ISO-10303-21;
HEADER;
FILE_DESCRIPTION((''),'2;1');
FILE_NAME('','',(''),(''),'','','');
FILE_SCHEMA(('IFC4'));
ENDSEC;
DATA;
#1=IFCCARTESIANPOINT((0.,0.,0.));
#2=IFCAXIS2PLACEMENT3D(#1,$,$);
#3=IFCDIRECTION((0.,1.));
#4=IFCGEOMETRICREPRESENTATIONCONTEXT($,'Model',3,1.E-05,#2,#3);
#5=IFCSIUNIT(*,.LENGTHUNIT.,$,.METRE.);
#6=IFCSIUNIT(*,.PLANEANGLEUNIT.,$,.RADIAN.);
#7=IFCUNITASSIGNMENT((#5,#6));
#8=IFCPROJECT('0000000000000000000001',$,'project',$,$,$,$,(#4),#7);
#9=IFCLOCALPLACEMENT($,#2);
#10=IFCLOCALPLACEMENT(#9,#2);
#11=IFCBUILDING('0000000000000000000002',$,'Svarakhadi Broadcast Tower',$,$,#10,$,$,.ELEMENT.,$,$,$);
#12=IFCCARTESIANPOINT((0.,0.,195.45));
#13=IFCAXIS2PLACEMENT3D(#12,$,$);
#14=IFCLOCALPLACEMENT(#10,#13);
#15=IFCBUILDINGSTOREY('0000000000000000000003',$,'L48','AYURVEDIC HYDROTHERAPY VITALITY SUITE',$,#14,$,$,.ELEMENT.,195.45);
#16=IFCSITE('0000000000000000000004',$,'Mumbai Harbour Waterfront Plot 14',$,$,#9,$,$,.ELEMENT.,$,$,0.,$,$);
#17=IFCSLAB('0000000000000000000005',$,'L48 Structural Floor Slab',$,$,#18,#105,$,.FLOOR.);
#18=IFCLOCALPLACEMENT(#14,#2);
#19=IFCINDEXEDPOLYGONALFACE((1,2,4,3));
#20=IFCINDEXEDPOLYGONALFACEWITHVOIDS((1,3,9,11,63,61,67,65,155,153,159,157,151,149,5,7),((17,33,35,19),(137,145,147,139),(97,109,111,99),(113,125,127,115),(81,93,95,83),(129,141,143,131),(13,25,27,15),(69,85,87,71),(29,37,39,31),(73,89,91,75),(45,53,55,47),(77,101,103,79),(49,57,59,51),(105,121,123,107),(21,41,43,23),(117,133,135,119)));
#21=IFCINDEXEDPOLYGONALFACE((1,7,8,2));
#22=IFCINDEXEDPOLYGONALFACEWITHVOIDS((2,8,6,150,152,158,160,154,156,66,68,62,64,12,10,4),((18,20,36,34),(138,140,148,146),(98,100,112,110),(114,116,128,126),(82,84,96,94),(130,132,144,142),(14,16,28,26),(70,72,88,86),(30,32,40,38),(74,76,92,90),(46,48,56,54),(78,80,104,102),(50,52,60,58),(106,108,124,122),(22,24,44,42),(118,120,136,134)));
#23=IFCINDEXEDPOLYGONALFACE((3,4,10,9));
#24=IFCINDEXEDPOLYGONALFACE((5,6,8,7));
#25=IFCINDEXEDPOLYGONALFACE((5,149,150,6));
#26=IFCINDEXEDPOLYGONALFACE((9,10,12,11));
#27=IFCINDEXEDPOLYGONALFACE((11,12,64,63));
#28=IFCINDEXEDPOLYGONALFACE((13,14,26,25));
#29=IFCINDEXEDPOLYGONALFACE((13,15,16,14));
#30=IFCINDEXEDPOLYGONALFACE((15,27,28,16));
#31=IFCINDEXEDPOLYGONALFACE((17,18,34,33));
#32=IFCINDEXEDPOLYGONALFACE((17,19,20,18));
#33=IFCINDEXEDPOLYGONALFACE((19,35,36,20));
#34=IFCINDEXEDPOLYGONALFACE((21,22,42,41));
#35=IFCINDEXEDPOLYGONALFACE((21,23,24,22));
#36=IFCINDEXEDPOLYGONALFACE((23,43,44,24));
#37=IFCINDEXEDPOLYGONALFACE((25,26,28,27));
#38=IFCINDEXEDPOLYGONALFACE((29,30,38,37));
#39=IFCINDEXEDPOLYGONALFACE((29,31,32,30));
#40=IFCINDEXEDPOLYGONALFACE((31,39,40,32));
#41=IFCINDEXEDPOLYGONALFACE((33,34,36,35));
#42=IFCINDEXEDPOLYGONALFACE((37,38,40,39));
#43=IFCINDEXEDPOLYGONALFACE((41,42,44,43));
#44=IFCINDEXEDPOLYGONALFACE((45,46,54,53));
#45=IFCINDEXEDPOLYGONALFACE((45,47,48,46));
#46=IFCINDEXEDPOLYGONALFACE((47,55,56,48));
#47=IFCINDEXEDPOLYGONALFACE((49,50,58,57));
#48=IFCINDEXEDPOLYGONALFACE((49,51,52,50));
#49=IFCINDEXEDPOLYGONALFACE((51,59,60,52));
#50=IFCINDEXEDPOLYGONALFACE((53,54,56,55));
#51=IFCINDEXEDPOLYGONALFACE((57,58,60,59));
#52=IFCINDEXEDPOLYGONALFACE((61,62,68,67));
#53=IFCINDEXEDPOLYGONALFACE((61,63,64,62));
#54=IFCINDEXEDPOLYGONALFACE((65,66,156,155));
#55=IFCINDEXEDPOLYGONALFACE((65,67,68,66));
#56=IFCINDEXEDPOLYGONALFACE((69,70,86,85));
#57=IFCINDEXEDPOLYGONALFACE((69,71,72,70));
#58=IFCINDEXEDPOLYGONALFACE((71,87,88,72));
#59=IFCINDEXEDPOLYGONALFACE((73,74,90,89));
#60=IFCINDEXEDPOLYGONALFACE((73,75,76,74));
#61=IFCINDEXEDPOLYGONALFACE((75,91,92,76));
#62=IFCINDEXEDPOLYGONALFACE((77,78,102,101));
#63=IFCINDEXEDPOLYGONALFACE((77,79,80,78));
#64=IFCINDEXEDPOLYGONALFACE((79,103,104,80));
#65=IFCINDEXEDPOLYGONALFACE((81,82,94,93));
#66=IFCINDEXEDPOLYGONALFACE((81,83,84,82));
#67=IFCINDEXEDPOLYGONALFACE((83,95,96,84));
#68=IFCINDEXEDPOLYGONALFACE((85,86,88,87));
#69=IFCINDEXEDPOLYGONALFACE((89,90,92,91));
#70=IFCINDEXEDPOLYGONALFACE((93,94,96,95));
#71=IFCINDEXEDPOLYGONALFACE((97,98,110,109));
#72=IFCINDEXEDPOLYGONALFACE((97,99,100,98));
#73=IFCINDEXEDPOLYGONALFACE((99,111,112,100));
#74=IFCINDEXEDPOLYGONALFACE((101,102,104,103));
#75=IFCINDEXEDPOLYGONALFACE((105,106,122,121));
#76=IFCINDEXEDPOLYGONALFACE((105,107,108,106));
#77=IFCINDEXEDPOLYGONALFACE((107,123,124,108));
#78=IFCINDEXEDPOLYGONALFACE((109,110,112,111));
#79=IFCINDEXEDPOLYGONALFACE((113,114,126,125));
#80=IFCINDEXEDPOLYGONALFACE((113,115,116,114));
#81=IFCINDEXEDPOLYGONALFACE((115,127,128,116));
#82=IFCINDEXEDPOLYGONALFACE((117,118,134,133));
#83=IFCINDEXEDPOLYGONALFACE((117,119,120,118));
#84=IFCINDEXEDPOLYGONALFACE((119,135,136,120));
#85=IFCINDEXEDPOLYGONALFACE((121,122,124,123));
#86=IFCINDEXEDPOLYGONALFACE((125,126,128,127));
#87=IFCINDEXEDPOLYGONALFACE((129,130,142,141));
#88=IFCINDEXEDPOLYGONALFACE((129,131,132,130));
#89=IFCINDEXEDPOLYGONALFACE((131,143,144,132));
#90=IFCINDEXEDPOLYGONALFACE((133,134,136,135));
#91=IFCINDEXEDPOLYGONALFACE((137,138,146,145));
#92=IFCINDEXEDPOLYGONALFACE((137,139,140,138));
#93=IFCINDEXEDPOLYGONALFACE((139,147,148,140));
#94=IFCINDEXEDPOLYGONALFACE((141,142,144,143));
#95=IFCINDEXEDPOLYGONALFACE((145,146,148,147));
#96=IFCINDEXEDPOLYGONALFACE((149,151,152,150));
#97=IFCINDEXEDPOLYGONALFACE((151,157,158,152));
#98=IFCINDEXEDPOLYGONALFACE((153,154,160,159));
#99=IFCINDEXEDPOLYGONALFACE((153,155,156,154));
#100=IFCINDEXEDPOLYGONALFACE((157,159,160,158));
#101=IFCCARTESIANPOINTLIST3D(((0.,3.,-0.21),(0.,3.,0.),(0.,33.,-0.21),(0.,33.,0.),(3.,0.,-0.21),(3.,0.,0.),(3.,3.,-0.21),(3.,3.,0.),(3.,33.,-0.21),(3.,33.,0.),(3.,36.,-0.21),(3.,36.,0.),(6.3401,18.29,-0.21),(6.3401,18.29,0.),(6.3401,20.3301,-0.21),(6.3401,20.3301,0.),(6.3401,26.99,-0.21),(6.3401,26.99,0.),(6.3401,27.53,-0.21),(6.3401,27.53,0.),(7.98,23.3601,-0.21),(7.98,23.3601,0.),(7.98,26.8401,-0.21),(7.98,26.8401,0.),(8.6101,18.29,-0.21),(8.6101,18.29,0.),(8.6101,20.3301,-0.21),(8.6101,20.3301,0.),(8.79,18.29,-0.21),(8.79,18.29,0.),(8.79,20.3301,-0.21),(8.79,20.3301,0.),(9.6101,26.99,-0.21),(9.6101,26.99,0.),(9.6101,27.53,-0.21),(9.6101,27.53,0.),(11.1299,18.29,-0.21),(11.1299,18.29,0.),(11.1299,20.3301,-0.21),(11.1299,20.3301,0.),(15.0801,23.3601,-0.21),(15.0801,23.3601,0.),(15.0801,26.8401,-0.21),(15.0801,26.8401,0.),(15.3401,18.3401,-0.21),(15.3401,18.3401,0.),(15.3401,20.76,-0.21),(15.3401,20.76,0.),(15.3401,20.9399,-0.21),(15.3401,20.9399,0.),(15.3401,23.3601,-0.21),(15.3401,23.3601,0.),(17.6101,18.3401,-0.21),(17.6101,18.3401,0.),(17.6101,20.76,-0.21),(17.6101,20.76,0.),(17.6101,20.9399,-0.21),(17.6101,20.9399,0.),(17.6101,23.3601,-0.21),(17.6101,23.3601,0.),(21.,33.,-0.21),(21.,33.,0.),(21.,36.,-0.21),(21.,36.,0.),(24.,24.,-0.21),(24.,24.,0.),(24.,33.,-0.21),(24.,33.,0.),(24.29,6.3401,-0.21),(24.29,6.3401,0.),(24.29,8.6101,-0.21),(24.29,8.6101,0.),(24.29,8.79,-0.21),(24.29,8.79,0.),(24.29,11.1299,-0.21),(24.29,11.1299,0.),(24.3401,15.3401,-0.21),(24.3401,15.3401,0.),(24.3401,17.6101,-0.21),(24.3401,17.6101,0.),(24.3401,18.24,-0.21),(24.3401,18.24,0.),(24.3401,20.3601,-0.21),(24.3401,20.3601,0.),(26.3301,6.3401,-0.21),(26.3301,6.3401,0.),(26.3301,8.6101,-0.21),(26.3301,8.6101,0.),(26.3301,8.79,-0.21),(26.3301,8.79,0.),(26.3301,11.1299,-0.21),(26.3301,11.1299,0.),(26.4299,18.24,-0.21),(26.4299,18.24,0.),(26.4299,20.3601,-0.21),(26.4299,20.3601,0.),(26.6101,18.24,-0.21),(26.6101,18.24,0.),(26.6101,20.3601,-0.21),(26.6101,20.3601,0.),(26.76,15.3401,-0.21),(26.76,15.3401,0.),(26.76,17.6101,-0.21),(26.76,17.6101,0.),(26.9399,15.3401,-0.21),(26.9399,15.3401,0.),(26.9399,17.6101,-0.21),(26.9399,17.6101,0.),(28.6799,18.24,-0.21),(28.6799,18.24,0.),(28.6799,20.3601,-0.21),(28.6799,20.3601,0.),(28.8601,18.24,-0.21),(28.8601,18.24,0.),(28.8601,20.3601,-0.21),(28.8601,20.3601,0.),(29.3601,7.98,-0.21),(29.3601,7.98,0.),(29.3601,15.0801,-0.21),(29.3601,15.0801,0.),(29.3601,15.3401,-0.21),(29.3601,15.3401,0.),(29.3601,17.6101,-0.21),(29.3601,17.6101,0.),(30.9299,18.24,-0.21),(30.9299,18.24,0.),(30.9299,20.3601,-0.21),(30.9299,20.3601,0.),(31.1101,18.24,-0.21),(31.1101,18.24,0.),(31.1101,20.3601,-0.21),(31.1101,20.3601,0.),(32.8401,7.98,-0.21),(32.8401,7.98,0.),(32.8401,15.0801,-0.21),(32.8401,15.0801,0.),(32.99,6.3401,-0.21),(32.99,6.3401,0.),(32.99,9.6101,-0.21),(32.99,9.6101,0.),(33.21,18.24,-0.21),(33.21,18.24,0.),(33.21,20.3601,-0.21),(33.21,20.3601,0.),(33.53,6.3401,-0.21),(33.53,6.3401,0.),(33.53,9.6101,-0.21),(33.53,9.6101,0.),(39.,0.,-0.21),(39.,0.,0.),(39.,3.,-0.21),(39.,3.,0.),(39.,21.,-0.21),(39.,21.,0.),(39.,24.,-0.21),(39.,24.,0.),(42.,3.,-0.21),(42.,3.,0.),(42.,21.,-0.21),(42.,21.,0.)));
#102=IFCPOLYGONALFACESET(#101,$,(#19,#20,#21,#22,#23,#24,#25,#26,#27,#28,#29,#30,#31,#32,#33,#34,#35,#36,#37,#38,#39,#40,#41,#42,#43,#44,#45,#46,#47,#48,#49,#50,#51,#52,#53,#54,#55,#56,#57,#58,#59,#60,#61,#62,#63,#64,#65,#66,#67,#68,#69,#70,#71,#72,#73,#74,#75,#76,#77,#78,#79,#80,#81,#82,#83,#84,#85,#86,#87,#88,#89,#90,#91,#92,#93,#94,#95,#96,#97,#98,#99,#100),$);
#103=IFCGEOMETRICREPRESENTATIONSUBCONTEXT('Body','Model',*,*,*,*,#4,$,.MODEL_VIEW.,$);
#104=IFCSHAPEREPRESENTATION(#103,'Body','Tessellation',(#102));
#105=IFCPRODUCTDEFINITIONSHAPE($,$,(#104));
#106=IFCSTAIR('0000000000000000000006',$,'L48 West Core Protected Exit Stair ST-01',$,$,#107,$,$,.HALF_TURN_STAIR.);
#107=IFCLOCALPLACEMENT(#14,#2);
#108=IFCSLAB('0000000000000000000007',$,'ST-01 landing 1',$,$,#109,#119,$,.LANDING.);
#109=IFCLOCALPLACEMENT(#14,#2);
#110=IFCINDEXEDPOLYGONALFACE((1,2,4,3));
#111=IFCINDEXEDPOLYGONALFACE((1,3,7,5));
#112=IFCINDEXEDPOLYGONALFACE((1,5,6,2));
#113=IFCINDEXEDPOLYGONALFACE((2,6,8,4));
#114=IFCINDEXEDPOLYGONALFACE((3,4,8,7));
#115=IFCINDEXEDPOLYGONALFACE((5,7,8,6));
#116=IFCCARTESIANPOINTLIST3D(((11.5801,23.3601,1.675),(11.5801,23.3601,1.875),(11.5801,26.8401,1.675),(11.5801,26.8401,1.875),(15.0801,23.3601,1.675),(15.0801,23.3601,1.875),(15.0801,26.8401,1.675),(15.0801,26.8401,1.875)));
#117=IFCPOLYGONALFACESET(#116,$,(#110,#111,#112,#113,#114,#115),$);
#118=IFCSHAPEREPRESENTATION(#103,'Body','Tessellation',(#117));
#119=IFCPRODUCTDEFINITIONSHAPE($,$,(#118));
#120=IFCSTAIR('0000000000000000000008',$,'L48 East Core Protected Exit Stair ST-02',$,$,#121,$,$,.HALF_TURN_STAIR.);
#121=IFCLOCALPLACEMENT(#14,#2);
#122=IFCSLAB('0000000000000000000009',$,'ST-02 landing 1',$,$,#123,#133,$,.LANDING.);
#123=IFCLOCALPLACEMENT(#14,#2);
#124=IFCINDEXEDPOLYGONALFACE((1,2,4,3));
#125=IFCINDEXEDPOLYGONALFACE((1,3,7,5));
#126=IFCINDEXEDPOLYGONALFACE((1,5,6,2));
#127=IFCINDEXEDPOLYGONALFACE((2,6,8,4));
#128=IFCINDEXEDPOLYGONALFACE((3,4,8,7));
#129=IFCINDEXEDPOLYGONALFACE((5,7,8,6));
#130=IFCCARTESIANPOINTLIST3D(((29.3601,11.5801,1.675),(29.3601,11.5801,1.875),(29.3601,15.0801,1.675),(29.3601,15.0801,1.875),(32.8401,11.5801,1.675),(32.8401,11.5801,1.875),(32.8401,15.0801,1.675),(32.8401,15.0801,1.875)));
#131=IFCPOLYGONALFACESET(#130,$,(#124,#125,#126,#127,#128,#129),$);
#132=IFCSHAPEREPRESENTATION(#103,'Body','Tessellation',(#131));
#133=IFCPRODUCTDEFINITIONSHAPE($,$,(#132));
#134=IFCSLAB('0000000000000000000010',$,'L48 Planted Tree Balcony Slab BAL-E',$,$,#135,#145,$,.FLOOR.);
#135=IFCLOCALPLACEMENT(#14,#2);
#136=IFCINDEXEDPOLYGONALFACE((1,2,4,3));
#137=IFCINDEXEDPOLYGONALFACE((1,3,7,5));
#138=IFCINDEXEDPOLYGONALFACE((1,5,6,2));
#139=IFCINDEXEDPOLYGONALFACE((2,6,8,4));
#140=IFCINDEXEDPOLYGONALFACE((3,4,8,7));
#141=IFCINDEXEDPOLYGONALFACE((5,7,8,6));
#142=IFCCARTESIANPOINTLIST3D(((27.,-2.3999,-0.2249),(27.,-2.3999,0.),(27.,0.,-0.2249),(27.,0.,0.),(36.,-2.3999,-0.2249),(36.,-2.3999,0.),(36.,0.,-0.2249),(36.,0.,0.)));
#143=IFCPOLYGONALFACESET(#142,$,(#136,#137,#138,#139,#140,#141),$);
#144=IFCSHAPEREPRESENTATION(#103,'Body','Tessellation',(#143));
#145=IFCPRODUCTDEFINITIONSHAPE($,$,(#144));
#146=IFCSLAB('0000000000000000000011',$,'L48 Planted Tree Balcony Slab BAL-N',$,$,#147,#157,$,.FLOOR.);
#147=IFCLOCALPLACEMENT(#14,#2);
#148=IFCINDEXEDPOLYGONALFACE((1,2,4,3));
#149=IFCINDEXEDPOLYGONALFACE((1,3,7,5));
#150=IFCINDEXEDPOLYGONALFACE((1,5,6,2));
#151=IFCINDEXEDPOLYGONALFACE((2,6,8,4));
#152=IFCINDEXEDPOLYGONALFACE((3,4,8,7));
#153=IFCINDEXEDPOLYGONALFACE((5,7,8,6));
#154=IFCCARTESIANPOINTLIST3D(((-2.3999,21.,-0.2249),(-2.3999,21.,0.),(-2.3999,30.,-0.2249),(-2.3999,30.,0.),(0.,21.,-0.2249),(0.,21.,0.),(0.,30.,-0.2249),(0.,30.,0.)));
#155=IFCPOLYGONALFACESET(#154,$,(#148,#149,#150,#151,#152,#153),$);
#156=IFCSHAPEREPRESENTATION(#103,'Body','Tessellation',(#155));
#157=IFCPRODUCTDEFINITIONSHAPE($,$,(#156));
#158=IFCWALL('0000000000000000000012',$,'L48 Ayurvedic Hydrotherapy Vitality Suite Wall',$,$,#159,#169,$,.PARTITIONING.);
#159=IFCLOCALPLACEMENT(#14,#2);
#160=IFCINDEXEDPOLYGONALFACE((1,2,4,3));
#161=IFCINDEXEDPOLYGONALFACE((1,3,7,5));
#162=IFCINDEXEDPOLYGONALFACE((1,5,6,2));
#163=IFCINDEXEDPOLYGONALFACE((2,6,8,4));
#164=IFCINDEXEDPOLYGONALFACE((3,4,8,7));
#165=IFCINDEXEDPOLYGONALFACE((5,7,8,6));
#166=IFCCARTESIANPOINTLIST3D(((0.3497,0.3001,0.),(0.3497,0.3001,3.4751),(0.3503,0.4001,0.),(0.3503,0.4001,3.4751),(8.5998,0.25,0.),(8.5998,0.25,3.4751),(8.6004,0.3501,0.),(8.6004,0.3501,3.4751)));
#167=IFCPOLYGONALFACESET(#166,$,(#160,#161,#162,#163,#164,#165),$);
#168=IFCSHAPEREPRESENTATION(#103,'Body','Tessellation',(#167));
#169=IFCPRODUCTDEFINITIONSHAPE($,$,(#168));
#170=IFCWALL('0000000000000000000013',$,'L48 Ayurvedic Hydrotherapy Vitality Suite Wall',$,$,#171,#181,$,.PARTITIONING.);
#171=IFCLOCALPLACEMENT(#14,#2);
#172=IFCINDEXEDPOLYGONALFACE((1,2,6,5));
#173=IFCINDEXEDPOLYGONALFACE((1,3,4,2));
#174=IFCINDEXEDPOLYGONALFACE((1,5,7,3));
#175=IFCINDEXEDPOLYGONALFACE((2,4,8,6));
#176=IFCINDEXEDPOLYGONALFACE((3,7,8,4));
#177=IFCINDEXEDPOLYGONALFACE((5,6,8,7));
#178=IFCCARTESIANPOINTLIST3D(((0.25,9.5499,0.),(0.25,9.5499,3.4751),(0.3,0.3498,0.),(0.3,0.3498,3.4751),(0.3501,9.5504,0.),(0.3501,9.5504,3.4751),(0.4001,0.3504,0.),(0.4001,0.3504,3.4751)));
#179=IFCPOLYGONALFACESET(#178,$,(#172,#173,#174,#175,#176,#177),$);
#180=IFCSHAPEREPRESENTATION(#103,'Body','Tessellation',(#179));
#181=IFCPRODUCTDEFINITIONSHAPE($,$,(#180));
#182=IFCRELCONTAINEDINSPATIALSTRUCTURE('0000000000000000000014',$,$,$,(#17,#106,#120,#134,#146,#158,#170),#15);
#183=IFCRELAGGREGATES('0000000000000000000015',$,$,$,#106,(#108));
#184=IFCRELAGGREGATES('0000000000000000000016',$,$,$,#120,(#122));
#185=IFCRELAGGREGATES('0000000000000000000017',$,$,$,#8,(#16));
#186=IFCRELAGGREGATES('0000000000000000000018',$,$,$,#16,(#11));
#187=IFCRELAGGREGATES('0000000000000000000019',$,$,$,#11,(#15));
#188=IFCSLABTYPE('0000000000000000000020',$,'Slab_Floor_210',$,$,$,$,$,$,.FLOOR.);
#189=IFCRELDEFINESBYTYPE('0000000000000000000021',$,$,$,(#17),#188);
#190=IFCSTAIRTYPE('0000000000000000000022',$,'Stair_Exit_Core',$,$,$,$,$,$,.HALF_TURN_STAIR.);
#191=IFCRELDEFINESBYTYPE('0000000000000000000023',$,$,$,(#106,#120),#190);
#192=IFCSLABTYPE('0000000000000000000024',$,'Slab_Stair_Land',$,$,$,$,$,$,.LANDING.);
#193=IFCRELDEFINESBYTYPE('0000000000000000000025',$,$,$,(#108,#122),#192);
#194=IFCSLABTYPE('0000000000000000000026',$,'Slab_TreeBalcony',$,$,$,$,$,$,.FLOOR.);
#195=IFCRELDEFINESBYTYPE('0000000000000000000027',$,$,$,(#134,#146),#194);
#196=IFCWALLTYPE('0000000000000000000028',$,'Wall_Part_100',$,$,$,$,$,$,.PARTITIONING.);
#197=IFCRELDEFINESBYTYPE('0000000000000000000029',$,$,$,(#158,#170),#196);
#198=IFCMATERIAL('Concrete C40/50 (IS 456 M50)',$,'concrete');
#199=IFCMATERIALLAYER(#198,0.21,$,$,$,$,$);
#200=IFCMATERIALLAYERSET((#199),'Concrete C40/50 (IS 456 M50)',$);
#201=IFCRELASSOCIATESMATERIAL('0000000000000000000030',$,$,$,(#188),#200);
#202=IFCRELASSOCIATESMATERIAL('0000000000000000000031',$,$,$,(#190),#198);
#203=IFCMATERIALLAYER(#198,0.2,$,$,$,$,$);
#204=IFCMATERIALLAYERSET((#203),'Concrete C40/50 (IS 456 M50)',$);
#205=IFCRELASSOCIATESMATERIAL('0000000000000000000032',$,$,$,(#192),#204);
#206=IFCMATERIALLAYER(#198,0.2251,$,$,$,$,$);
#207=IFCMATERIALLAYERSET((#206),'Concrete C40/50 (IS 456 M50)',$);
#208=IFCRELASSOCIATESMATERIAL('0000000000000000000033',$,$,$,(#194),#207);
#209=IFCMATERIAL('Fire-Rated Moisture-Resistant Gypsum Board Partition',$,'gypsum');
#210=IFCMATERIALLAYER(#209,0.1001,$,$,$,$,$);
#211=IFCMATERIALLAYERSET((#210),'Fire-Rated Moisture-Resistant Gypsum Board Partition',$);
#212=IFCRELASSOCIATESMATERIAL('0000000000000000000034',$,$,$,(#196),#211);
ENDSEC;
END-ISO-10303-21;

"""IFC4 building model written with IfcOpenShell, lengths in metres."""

from ifc_helpers import new_model, si_unit, direction, frame, frame_2d, origin, place, context, subcontext, project, spatial, polyline, rectangle, outline, extrude, material, layer, layer_set, type_object, element, aggregate, save


model = new_model("IFC4")

# Units and contexts
model_context = context("Model", 3, precision=1e-05, world=origin(), true_north=direction((0.0, 1.0)))
body_context = subcontext(model_context, "Body", "Model", "MODEL_VIEW")
ifc_project = project(units=[si_unit("LENGTHUNIT", "METRE"), si_unit("PLANEANGLEUNIT", "RADIAN")], contexts=[model_context])

# Site, building, storey
site_placement = place(None, origin())
site = spatial("IfcSite", under=ifc_project, at=site_placement, Name="Mumbai Harbour Waterfront Plot 14", CompositionType="ELEMENT", RefElevation=0.0)
building_placement = place(site_placement, origin())
building = spatial("IfcBuilding", under=site, at=building_placement, Name="Svarakhadi Broadcast Tower", CompositionType="ELEMENT")
storey_placement = place(building_placement, frame((0.0, 0.0, 195.45)))
storey = spatial("IfcBuildingStorey", under=building, at=storey_placement, Name="L48", Description="AYURVEDIC HYDROTHERAPY VITALITY SUITE", CompositionType="ELEMENT", Elevation=195.45)

# Slab
ifc_material_1 = material(Name="Concrete C40/50 (IS 456 M50)", Category="concrete")
ifc_layer_1 = layer(ifc_material_1, 0.21)
ifc_layer_set_1 = layer_set([ifc_layer_1], Name="Concrete C40/50 (IS 456 M50)")
slab_type_1 = type_object("IfcSlabType", Name="Slab_Floor_210", PredefinedType="FLOOR", material=ifc_layer_set_1)
slab_1_placement = place(storey_placement, frame((0.0, 0.0, -0.21)))
element("IfcSlab", 1, at=slab_1_placement, inside=storey, type_object=slab_type_1, Name="L48 Structural Floor Slab", PredefinedType="FLOOR", context=body_context, shape_type="SweptSolid", body=[
    extrude(outline(polyline([(3.0, 0.0), (39.0, 0.0), (39.0, 3.0), (42.0, 3.0), (42.0, 21.0), (39.0, 21.0), (39.0, 24.0), (24.0, 24.0), (24.0, 33.0), (21.0, 33.0), (21.0, 36.0), (3.0, 36.0), (3.0, 33.0), (0.0, 33.0), (0.0, 3.0), (3.0, 3.0), (3.0, 0.0)]), holes=[polyline([(7.98, 23.3601), (15.0801, 23.3601), (15.0801, 26.8401), (7.98, 26.8401), (7.98, 23.3601)]), polyline([(32.8401, 7.98), (32.8401, 15.0801), (29.3601, 15.0801), (29.3601, 7.98), (32.8401, 7.98)]), polyline([(6.3401, 18.29), (8.6101, 18.29), (8.6101, 20.3301), (6.3401, 20.3301), (6.3401, 18.29)]), polyline([(8.79, 18.29), (11.1299, 18.29), (11.1299, 20.3301), (8.79, 20.3301), (8.79, 18.29)]), polyline([(24.29, 6.3401), (26.3301, 6.3401), (26.3301, 8.6101), (24.29, 8.6101), (24.29, 6.3401)]), polyline([(24.29, 8.79), (26.3301, 8.79), (26.3301, 11.1299), (24.29, 11.1299), (24.29, 8.79)]), polyline([(6.3401, 26.99), (9.6101, 26.99), (9.6101, 27.53), (6.3401, 27.53), (6.3401, 26.99)]), polyline([(32.99, 6.3401), (33.53, 6.3401), (33.53, 9.6101), (32.99, 9.6101), (32.99, 6.3401)]), polyline([(15.3401, 18.3401), (17.6101, 18.3401), (17.6101, 20.76), (15.3401, 20.76), (15.3401, 18.3401)]), polyline([(15.3401, 20.9399), (17.6101, 20.9399), (17.6101, 23.3601), (15.3401, 23.3601), (15.3401, 20.9399)]), polyline([(24.3401, 15.3401), (26.76, 15.3401), (26.76, 17.6101), (24.3401, 17.6101), (24.3401, 15.3401)]), polyline([(26.9399, 15.3401), (29.3601, 15.3401), (29.3601, 17.6101), (26.9399, 17.6101), (26.9399, 15.3401)]), polyline([(24.3401, 18.24), (26.4299, 18.24), (26.4299, 20.3601), (24.3401, 20.3601), (24.3401, 18.24)]), polyline([(26.6101, 18.24), (28.6799, 18.24), (28.6799, 20.3601), (26.6101, 20.3601), (26.6101, 18.24)]), polyline([(28.8601, 18.24), (30.9299, 18.24), (30.9299, 20.3601), (28.8601, 20.3601), (28.8601, 18.24)]), polyline([(31.1101, 18.24), (33.21, 18.24), (33.21, 20.3601), (31.1101, 20.3601), (31.1101, 18.24)])]), origin(), (0.0, 0.0, 1.0), 0.21),
])

# Stairs, slabs
stair_type = type_object("IfcStairType", Name="Stair_Exit_Core", PredefinedType="HALF_TURN_STAIR", material=ifc_material_1)
stair_1_placement = place(storey_placement, origin())
stair_1 = element("IfcStair", 2, at=stair_1_placement, inside=storey, type_object=stair_type, Name="L48 West Core Protected Exit Stair ST-01", PredefinedType="HALF_TURN_STAIR")
ifc_layer_2 = layer(ifc_material_1, 0.2)
ifc_layer_set_2 = layer_set([ifc_layer_2], Name="Concrete C40/50 (IS 456 M50)")
slab_type_2 = type_object("IfcSlabType", Name="Slab_Stair_Land", PredefinedType="LANDING", material=ifc_layer_set_2)
slab_2_placement = place(storey_placement, frame((0.0, 0.0, 1.675)))
slab_2 = element("IfcSlab", 3, at=slab_2_placement, type_object=slab_type_2, Name="ST-01 landing 1", PredefinedType="LANDING", context=body_context, shape_type="SweptSolid", body=[
    extrude(outline(polyline([(11.5801, 23.3601), (15.0801, 23.3601), (15.0801, 26.8401), (11.5801, 26.8401), (11.5801, 23.3601)])), origin(), (0.0, 0.0, 1.0), 0.2),
])
aggregate(stair_1, [slab_2])
stair_2_placement = place(storey_placement, origin())
stair_2 = element("IfcStair", 4, at=stair_2_placement, inside=storey, type_object=stair_type, Name="L48 East Core Protected Exit Stair ST-02", PredefinedType="HALF_TURN_STAIR")
slab_3_placement = place(storey_placement, frame((0.0, 0.0, 1.675)))
slab_3 = element("IfcSlab", 5, at=slab_3_placement, type_object=slab_type_2, Name="ST-02 landing 1", PredefinedType="LANDING", context=body_context, shape_type="SweptSolid", body=[
    extrude(outline(polyline([(32.8401, 11.5801), (32.8401, 15.0801), (29.3601, 15.0801), (29.3601, 11.5801), (32.8401, 11.5801)])), origin(), (0.0, 0.0, 1.0), 0.2),
])
aggregate(stair_2, [slab_3])

# Slabs
ifc_layer_3 = layer(ifc_material_1, 0.2251)
ifc_layer_set_3 = layer_set([ifc_layer_3], Name="Concrete C40/50 (IS 456 M50)")
slab_type_3 = type_object("IfcSlabType", Name="Slab_TreeBalcony", PredefinedType="FLOOR", material=ifc_layer_set_3)
slab_4_placement = place(storey_placement, frame((0.0, 0.0, -0.2249)))
element("IfcSlab", 6, at=slab_4_placement, inside=storey, type_object=slab_type_3, Name="L48 Planted Tree Balcony Slab BAL-E", PredefinedType="FLOOR", context=body_context, shape_type="SweptSolid", body=[
    extrude(outline(polyline([(27.0, -2.3999), (36.0, -2.3999), (36.0, 0.0), (27.0, 0.0), (27.0, -2.3999)])), origin(), (0.0, 0.0, 1.0), 0.2249),
])
slab_5_placement = place(storey_placement, frame((0.0, 0.0, -0.2249)))
element("IfcSlab", 7, at=slab_5_placement, inside=storey, type_object=slab_type_3, Name="L48 Planted Tree Balcony Slab BAL-N", PredefinedType="FLOOR", context=body_context, shape_type="SweptSolid", body=[
    extrude(outline(polyline([(-2.3999, 21.0), (0.0, 21.0), (0.0, 30.0), (-2.3999, 30.0), (-2.3999, 21.0)])), origin(), (0.0, 0.0, 1.0), 0.2249),
])

# Walls
ifc_material_2 = material(Name="Fire-Rated Moisture-Resistant Gypsum Board Partition", Category="gypsum")
ifc_layer_4 = layer(ifc_material_2, 0.1001)
ifc_layer_set_4 = layer_set([ifc_layer_4], Name="Fire-Rated Moisture-Resistant Gypsum Board Partition")
wall_type = type_object("IfcWallType", Name="Wall_Part_100", PredefinedType="PARTITIONING", material=ifc_layer_set_4)
wall_1_placement = place(storey_placement, frame((0.3501, 0.3501, 0.0), z_axis=(0.0, 0.0, 1.0), x_axis=(0.999982, -0.006066, 0.0)))
element("IfcWall", 8, at=wall_1_placement, inside=storey, type_object=wall_type, Name="L48 Ayurvedic Hydrotherapy Vitality Suite Wall", PredefinedType="PARTITIONING", context=body_context, shape_type="SweptSolid", body=[
    extrude(rectangle(XDim=8.2502, YDim=0.1001, at=frame_2d((4.125, 0.0))), origin(), (0.0, 0.0, 1.0), 3.4751),
])
wall_2_placement = place(storey_placement, frame((0.3501, 0.3501, 0.0), z_axis=(0.0, 0.0, 1.0), x_axis=(-0.00544, 0.999985, 0.0)))
element("IfcWall", 9, at=wall_2_placement, inside=storey, type_object=wall_type, Name="L48 Ayurvedic Hydrotherapy Vitality Suite Wall", PredefinedType="PARTITIONING", context=body_context, shape_type="SweptSolid", body=[
    extrude(rectangle(XDim=9.2002, YDim=0.1001, at=frame_2d((4.6001, 0.0))), origin(), (0.0, 0.0, 1.0), 3.4751),
])

save(model, "model.ifc")
